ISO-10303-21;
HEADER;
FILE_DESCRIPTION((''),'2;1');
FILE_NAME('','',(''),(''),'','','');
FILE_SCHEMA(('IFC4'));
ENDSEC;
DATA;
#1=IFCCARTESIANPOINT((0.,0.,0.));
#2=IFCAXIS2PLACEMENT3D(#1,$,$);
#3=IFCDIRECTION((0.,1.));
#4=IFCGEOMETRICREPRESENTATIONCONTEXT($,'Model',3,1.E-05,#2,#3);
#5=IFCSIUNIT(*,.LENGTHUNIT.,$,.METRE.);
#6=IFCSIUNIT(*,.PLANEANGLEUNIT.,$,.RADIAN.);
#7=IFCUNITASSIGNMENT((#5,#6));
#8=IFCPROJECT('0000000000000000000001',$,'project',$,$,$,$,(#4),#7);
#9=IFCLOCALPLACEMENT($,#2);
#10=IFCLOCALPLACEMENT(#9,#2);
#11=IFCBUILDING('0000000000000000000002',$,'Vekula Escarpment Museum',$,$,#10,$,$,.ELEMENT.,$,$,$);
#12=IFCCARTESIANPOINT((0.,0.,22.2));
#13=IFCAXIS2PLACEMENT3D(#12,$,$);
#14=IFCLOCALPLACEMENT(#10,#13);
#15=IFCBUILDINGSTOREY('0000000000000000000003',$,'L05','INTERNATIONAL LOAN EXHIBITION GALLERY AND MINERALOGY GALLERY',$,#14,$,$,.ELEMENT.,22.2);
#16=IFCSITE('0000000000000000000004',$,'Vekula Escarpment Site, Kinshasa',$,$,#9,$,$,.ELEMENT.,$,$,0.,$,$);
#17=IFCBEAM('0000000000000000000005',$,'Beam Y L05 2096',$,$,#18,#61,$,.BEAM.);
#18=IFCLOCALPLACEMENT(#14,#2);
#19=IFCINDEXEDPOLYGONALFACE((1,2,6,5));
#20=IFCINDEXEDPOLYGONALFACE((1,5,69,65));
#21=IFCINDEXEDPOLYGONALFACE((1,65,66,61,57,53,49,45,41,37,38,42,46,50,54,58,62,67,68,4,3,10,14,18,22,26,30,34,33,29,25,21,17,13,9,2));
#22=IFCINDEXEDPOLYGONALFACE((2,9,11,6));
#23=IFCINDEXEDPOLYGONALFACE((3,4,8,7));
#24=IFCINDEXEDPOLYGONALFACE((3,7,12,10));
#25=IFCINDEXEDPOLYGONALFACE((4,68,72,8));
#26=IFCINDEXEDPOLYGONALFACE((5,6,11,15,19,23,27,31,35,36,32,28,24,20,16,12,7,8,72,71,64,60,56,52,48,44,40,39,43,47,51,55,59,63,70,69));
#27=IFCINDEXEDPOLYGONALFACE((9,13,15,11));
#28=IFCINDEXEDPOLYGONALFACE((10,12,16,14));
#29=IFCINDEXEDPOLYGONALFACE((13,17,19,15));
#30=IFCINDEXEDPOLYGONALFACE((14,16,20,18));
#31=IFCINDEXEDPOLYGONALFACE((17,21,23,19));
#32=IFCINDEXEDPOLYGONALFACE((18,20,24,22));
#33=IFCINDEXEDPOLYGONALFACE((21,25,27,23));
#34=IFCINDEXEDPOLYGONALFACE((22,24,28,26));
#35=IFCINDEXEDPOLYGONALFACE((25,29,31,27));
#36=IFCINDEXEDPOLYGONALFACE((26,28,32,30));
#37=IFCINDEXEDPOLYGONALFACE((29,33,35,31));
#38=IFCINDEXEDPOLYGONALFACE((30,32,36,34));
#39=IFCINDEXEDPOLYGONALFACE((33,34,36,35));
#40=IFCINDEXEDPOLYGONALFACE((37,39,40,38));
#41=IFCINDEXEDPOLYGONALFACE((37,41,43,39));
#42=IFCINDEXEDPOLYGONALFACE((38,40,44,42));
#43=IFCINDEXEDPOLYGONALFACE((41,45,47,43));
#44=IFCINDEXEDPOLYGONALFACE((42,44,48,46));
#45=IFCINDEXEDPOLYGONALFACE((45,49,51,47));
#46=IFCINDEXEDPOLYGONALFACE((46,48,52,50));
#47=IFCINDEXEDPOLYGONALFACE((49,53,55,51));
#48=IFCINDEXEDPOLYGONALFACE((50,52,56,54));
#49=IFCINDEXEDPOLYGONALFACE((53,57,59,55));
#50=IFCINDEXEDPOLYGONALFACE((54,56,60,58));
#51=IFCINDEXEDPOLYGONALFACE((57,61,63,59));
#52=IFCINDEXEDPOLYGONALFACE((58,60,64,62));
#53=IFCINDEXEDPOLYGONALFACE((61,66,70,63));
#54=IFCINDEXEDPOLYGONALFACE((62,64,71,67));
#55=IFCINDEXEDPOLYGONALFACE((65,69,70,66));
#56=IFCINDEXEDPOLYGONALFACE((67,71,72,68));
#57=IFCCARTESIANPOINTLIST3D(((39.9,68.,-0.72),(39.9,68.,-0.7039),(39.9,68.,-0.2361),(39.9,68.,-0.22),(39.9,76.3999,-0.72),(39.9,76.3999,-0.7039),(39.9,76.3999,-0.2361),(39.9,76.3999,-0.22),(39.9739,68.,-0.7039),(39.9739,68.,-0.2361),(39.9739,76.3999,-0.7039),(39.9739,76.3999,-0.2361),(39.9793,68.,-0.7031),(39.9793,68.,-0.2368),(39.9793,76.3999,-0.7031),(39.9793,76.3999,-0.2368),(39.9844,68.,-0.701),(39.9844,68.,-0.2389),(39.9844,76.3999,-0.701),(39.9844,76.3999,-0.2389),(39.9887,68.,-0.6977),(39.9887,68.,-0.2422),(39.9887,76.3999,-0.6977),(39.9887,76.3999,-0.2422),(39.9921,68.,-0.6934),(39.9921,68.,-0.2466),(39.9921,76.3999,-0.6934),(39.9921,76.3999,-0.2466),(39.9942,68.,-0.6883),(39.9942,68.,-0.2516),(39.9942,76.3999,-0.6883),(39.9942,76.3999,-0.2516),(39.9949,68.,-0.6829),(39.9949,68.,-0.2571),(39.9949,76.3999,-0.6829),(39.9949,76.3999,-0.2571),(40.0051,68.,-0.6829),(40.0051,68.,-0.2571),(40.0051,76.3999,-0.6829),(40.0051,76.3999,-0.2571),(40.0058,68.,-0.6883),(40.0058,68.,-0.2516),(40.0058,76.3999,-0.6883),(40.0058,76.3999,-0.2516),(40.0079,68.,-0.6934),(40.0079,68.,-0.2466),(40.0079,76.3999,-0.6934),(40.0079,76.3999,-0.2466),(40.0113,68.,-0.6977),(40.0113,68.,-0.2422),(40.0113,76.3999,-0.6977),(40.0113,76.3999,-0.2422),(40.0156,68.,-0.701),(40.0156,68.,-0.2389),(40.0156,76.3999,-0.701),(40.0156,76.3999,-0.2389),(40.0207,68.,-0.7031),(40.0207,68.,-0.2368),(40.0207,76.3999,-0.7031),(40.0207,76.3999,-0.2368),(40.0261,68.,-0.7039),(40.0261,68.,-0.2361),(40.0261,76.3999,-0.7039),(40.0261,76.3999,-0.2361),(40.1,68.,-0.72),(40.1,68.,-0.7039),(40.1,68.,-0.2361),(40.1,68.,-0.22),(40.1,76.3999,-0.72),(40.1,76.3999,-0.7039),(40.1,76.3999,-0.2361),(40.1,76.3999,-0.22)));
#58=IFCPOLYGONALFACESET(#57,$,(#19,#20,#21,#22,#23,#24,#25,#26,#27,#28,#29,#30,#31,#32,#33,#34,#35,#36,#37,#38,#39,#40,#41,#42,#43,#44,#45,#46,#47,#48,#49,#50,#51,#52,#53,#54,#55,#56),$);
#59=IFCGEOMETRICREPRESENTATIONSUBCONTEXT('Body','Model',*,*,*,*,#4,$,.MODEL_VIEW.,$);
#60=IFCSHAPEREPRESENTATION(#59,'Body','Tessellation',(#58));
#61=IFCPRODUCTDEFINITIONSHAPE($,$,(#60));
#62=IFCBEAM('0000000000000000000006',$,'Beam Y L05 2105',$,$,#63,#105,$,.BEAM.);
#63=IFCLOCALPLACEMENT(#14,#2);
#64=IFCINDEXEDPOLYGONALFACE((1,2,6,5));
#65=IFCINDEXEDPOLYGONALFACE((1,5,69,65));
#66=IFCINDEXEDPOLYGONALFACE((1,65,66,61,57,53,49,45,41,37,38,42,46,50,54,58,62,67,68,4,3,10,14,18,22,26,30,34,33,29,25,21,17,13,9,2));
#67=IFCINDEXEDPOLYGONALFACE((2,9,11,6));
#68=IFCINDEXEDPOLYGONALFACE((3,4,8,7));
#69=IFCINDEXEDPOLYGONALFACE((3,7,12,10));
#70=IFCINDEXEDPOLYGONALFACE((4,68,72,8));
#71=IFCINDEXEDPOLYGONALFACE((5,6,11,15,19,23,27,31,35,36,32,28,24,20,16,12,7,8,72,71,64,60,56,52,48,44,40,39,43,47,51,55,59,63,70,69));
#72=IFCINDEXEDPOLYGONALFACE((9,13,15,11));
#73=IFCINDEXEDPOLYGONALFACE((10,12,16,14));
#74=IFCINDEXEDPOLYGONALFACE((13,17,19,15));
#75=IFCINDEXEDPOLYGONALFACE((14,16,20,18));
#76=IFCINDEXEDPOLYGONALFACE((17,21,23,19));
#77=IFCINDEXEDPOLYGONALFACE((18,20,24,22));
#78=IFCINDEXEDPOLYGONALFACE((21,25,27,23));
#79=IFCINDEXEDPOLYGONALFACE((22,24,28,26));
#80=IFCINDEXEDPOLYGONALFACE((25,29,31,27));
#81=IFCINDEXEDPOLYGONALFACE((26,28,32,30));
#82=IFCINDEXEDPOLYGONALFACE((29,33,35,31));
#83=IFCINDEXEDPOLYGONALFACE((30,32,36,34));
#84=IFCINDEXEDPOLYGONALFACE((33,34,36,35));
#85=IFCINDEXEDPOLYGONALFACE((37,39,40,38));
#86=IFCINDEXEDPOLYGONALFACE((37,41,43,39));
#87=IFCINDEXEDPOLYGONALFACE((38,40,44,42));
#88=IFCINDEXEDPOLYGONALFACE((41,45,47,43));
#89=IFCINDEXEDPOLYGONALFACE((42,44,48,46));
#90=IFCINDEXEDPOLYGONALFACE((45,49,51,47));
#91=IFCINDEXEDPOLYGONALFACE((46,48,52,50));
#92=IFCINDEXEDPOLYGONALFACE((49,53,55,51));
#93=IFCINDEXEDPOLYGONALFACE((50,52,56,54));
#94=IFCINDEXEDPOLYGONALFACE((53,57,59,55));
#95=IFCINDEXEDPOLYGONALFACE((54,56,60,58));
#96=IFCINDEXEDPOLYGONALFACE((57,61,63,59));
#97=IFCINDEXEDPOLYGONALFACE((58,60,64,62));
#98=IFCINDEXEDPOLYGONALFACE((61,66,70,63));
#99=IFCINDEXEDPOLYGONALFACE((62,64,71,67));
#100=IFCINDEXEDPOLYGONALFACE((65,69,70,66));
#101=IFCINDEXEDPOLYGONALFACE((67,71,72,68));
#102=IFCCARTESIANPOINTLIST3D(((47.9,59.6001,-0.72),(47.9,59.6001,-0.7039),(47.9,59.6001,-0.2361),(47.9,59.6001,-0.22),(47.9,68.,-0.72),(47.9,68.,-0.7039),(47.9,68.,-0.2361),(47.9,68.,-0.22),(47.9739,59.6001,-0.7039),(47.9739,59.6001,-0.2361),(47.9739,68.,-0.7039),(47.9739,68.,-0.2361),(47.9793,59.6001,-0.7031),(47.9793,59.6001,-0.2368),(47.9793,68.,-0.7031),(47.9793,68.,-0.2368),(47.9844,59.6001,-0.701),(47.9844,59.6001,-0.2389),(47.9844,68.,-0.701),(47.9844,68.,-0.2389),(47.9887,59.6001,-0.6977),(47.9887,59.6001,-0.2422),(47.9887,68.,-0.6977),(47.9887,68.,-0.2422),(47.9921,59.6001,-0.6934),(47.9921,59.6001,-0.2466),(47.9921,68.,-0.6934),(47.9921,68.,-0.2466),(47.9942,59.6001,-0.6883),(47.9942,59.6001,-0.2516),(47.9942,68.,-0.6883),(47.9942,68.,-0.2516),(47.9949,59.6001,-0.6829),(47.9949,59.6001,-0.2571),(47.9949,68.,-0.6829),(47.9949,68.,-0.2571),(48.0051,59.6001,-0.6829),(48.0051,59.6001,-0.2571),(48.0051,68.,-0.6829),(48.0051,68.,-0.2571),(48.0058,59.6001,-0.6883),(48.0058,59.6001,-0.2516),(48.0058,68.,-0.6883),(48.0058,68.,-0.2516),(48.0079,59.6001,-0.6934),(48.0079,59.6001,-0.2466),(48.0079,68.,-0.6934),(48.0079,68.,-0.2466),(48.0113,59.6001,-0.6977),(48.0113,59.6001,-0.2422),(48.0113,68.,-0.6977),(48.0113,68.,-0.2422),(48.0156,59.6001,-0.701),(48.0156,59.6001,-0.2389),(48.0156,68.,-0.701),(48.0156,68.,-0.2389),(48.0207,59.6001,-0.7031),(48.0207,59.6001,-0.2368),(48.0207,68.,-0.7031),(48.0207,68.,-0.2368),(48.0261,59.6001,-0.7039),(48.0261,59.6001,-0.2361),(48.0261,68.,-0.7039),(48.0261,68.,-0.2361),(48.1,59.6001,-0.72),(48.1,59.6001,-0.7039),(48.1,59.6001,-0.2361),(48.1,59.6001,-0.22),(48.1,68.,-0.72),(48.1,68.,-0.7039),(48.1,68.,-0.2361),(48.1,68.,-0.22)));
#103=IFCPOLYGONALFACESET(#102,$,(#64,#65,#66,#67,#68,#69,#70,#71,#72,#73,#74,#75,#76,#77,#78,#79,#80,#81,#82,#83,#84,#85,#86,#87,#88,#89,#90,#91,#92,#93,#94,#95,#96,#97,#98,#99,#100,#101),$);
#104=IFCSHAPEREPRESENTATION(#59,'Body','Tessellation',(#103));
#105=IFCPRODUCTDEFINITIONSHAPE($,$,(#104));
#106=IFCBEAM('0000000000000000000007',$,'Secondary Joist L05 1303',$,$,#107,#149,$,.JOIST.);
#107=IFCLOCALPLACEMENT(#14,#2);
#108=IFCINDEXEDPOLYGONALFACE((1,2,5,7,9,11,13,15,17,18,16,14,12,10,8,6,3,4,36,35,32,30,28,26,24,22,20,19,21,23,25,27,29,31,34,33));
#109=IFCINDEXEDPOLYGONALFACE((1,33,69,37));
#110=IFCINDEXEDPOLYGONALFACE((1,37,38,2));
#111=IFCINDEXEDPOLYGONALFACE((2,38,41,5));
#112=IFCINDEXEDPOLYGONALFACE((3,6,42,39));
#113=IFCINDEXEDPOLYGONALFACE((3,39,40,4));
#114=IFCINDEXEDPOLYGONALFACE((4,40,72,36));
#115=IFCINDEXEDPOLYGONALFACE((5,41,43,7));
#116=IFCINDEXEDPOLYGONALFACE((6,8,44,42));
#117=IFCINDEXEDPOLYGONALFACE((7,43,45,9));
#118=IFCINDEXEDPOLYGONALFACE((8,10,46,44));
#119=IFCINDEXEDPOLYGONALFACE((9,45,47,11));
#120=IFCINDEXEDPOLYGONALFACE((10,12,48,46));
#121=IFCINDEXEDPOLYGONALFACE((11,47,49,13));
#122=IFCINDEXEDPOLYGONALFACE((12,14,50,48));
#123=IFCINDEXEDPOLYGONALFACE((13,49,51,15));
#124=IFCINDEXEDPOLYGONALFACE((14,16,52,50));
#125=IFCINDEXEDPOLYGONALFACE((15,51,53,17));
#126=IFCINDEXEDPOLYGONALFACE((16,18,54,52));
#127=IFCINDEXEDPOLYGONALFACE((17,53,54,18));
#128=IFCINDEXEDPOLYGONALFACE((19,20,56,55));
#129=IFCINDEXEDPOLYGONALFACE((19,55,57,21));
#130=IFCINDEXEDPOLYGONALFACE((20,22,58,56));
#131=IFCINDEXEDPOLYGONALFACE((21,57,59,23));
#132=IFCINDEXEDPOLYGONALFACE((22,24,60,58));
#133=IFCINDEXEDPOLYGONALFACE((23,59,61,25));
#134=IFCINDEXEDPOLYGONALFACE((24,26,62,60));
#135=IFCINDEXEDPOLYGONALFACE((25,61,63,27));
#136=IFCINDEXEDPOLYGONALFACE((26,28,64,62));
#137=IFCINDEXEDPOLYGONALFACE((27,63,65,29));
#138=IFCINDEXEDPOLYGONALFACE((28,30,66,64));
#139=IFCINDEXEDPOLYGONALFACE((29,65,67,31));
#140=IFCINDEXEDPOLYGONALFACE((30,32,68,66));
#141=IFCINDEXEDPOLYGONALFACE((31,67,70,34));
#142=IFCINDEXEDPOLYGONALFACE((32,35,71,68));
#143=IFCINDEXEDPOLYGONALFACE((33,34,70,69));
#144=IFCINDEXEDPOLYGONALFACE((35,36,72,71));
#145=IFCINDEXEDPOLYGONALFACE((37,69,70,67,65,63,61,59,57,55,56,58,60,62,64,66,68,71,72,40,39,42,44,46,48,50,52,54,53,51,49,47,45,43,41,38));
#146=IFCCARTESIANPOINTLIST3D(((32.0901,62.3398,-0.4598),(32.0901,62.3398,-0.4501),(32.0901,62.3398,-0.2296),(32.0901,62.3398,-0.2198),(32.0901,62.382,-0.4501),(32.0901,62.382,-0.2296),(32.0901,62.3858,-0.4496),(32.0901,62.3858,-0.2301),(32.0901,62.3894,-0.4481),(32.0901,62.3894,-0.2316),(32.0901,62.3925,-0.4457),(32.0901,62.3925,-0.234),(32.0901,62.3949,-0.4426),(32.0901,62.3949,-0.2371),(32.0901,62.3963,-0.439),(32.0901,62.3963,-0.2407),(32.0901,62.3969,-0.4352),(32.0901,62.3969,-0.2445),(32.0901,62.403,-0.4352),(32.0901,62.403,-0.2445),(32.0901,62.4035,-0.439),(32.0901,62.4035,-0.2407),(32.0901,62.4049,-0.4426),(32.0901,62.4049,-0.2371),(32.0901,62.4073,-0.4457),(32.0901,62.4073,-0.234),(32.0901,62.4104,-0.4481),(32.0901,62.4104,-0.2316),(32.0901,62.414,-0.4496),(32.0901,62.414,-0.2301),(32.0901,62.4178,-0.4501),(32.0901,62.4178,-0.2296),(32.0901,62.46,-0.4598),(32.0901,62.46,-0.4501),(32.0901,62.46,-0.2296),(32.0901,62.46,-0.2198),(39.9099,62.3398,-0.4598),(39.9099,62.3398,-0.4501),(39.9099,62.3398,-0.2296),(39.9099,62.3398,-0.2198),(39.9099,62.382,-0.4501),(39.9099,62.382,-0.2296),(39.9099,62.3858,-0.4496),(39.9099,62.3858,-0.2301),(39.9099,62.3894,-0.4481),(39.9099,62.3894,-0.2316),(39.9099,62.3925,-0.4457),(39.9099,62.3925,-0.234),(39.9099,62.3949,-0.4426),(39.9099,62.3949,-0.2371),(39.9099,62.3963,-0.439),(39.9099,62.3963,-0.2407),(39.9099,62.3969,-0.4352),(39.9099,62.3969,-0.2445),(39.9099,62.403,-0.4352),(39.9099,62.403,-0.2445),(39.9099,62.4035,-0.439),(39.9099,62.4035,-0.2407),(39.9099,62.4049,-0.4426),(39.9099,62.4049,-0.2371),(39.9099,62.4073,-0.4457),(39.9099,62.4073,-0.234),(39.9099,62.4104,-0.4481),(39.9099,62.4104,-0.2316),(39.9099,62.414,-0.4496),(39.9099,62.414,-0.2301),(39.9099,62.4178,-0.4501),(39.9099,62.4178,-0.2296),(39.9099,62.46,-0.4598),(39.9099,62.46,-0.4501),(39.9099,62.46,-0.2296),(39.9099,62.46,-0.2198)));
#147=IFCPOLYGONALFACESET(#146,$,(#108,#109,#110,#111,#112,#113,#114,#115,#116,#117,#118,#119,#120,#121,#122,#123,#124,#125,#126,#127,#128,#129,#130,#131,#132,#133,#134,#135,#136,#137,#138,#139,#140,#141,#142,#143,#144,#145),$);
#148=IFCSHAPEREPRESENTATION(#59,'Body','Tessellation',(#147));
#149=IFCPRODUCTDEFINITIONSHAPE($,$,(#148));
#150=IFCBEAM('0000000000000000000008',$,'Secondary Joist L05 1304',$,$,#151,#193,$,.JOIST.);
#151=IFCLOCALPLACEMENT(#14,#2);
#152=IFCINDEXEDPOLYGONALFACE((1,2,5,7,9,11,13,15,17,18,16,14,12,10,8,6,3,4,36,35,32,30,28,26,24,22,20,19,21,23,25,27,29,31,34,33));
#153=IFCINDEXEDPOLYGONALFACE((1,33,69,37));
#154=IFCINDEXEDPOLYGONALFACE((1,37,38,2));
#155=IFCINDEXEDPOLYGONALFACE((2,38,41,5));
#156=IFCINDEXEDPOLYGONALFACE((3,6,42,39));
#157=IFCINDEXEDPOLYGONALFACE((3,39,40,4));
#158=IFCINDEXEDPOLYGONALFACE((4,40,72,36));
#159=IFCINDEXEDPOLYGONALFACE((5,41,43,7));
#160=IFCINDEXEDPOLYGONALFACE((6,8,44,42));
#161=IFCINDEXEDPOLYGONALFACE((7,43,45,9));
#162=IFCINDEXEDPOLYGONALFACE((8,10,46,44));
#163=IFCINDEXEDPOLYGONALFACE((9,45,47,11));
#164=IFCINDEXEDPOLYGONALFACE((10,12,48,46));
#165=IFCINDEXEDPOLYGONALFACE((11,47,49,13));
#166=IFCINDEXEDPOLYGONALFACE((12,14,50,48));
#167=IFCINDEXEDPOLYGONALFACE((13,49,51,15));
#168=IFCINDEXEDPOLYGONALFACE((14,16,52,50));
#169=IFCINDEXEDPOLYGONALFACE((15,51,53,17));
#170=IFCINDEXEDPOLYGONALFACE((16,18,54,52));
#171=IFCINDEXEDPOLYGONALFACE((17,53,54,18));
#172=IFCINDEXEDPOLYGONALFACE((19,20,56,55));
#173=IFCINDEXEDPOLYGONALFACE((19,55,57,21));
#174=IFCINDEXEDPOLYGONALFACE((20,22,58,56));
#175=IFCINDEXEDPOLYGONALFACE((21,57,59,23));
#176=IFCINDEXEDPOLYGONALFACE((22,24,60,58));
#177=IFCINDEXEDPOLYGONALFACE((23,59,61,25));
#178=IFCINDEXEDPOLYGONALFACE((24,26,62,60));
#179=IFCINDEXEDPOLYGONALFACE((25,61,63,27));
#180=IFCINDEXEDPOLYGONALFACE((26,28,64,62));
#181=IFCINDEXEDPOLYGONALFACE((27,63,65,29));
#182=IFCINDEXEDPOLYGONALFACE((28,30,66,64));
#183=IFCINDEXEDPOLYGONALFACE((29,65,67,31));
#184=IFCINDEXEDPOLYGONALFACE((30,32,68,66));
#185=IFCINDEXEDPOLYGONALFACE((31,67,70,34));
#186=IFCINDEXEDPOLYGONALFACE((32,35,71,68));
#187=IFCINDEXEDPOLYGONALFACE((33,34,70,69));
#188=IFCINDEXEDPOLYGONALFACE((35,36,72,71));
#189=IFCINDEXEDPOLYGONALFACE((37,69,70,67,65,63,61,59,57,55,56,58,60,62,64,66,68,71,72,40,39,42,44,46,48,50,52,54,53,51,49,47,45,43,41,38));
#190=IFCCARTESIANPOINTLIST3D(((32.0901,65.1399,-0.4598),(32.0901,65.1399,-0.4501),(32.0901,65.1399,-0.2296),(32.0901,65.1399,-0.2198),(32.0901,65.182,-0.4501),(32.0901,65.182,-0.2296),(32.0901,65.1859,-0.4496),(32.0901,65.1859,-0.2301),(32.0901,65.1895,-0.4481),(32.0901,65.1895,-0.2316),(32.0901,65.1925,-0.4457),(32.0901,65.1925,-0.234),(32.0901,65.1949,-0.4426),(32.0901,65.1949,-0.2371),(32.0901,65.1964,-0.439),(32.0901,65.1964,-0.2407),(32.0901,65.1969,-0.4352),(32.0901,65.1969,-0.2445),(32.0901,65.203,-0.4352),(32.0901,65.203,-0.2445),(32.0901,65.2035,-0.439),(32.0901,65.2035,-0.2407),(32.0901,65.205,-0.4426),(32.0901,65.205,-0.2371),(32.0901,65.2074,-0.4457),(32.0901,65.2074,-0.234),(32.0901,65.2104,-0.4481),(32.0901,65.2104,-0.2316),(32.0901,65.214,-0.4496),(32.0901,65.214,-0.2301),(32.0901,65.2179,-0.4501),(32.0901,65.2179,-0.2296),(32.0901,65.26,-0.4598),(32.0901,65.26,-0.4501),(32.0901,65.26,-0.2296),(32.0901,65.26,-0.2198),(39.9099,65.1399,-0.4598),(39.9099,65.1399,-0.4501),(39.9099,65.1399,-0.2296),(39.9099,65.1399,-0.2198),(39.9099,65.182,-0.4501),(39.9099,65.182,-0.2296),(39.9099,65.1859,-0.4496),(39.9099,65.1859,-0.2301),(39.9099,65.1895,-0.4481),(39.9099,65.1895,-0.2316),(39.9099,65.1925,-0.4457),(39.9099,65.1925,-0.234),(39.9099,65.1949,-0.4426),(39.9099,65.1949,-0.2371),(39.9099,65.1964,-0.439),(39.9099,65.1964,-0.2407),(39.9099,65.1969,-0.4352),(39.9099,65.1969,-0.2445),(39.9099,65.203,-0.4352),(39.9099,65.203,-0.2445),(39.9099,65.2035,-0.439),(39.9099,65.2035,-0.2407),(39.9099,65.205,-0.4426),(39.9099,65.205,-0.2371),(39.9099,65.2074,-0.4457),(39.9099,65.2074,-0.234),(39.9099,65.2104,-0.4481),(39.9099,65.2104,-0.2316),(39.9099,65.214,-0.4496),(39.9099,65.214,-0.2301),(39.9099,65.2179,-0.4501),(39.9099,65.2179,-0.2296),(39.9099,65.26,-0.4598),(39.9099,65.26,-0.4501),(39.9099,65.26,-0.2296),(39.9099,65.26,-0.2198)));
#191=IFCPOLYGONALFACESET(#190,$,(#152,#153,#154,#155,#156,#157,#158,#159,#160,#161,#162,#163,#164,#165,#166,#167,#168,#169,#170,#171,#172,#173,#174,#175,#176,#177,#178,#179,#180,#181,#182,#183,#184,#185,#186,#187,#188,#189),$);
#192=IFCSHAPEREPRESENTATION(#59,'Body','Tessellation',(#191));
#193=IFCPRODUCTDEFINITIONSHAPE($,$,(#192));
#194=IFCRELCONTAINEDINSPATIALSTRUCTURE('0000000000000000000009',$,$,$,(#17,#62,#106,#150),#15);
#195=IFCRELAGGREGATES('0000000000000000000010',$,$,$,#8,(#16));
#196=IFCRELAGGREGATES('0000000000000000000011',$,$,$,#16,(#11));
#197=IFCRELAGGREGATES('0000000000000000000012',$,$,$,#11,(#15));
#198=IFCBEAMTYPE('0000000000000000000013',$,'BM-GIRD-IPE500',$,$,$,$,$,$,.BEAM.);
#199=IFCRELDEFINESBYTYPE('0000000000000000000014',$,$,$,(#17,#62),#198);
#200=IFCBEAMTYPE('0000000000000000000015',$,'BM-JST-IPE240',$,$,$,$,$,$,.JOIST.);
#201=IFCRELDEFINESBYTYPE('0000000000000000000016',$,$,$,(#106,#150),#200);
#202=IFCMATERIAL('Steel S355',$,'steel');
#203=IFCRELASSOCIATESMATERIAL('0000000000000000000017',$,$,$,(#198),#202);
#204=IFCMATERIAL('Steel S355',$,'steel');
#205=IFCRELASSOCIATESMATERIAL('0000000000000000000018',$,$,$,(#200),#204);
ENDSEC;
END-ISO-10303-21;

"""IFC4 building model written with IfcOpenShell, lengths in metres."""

from ifc_helpers import new_model, si_unit, direction, frame, origin, origin_2d, place, context, subcontext, project, spatial, i_section, extrude, material, material_profile, profile_set, type_object, element, save


model = new_model("IFC4")

# Units and contexts
model_context = context("Model", 3, precision=1e-05, world=origin(), true_north=direction((0.0, 1.0)))
body_context = subcontext(model_context, "Body", "Model", "MODEL_VIEW")
ifc_project = project(units=[si_unit("LENGTHUNIT", "METRE"), si_unit("PLANEANGLEUNIT", "RADIAN")], contexts=[model_context])

# Site, building, storey
site_placement = place(None, origin())
site = spatial("IfcSite", under=ifc_project, at=site_placement, Name="Vekula Escarpment Site, Kinshasa", CompositionType="ELEMENT", RefElevation=0.0)
building_placement = place(site_placement, origin())
building = spatial("IfcBuilding", under=site, at=building_placement, Name="Vekula Escarpment Museum", CompositionType="ELEMENT")
storey_placement = place(building_placement, frame((0.0, 0.0, 22.2)))
storey = spatial("IfcBuildingStorey", under=building, at=storey_placement, Name="L05", Description="INTERNATIONAL LOAN EXHIBITION GALLERY AND MINERALOGY GALLERY", CompositionType="ELEMENT", Elevation=22.2)

# Beams
ifc_material_1 = material(Name="Steel S355", Category="steel")
ifc_material_profile_1 = material_profile(ifc_material_1, i_section(OverallWidth=0.2, OverallDepth=0.5, WebThickness=0.0103, FlangeThickness=0.0161, FilletRadius=0.021, at=origin_2d()), Name="IPE 500")
ifc_profile_set_1 = profile_set([ifc_material_profile_1], Name="Steel S355")
beam_type_1 = type_object("IfcBeamType", Name="BM-GIRD-IPE500", PredefinedType="BEAM", material=ifc_profile_set_1)
for number, where, z_axis, x_axis, name in (
    (1, (40.0, 68.0, -0.47), (0.0, 1.0, 0.0), (-1.0, 0.0, 0.0), "Beam Y L05 2096"),
    (2, (48.0, 59.6001, -0.47), (0.0, 1.0, 0.0), (-1.0, 0.0, 0.0), "Beam Y L05 2105"),
):
    element("IfcBeam", number, at=place(storey_placement, frame(where, z_axis=z_axis, x_axis=x_axis)), inside=storey, type_object=beam_type_1, Name=name, PredefinedType="BEAM", context=body_context, shape_type="SweptSolid", body=[
        extrude(i_section(OverallWidth=0.2, OverallDepth=0.5, WebThickness=0.0103, FlangeThickness=0.0161, FilletRadius=0.021, at=origin_2d()), origin(), (0.0, 0.0, 1.0), 8.3999),
    ])
ifc_material_2 = material(Name="Steel S355", Category="steel")
ifc_material_profile_2 = material_profile(ifc_material_2, i_section(OverallWidth=0.1201, OverallDepth=0.24, WebThickness=0.0061, FlangeThickness=0.0098, FilletRadius=0.0149, at=origin_2d()), Name="IPE 240")
ifc_profile_set_2 = profile_set([ifc_material_profile_2], Name="Steel S355")
beam_type_2 = type_object("IfcBeamType", Name="BM-JST-IPE240", PredefinedType="JOIST", material=ifc_profile_set_2)
for number, where, z_axis, x_axis, name in (
    (3, (32.0901, 62.3999, -0.3398), (1.0, 0.0, 0.0), (0.0, 1.0, 0.0), "Secondary Joist L05 1303"),
    (4, (32.0901, 65.2, -0.3398), (1.0, 0.0, 0.0), (0.0, 1.0, 0.0), "Secondary Joist L05 1304"),
):
    element("IfcBeam", number, at=place(storey_placement, frame(where, z_axis=z_axis, x_axis=x_axis)), inside=storey, type_object=beam_type_2, Name=name, PredefinedType="JOIST", context=body_context, shape_type="SweptSolid", body=[
        extrude(i_section(OverallWidth=0.1201, OverallDepth=0.24, WebThickness=0.0061, FlangeThickness=0.0098, FilletRadius=0.0149, at=origin_2d()), origin(), (0.0, 0.0, 1.0), 7.8198),
    ])

save(model, "model.ifc")
